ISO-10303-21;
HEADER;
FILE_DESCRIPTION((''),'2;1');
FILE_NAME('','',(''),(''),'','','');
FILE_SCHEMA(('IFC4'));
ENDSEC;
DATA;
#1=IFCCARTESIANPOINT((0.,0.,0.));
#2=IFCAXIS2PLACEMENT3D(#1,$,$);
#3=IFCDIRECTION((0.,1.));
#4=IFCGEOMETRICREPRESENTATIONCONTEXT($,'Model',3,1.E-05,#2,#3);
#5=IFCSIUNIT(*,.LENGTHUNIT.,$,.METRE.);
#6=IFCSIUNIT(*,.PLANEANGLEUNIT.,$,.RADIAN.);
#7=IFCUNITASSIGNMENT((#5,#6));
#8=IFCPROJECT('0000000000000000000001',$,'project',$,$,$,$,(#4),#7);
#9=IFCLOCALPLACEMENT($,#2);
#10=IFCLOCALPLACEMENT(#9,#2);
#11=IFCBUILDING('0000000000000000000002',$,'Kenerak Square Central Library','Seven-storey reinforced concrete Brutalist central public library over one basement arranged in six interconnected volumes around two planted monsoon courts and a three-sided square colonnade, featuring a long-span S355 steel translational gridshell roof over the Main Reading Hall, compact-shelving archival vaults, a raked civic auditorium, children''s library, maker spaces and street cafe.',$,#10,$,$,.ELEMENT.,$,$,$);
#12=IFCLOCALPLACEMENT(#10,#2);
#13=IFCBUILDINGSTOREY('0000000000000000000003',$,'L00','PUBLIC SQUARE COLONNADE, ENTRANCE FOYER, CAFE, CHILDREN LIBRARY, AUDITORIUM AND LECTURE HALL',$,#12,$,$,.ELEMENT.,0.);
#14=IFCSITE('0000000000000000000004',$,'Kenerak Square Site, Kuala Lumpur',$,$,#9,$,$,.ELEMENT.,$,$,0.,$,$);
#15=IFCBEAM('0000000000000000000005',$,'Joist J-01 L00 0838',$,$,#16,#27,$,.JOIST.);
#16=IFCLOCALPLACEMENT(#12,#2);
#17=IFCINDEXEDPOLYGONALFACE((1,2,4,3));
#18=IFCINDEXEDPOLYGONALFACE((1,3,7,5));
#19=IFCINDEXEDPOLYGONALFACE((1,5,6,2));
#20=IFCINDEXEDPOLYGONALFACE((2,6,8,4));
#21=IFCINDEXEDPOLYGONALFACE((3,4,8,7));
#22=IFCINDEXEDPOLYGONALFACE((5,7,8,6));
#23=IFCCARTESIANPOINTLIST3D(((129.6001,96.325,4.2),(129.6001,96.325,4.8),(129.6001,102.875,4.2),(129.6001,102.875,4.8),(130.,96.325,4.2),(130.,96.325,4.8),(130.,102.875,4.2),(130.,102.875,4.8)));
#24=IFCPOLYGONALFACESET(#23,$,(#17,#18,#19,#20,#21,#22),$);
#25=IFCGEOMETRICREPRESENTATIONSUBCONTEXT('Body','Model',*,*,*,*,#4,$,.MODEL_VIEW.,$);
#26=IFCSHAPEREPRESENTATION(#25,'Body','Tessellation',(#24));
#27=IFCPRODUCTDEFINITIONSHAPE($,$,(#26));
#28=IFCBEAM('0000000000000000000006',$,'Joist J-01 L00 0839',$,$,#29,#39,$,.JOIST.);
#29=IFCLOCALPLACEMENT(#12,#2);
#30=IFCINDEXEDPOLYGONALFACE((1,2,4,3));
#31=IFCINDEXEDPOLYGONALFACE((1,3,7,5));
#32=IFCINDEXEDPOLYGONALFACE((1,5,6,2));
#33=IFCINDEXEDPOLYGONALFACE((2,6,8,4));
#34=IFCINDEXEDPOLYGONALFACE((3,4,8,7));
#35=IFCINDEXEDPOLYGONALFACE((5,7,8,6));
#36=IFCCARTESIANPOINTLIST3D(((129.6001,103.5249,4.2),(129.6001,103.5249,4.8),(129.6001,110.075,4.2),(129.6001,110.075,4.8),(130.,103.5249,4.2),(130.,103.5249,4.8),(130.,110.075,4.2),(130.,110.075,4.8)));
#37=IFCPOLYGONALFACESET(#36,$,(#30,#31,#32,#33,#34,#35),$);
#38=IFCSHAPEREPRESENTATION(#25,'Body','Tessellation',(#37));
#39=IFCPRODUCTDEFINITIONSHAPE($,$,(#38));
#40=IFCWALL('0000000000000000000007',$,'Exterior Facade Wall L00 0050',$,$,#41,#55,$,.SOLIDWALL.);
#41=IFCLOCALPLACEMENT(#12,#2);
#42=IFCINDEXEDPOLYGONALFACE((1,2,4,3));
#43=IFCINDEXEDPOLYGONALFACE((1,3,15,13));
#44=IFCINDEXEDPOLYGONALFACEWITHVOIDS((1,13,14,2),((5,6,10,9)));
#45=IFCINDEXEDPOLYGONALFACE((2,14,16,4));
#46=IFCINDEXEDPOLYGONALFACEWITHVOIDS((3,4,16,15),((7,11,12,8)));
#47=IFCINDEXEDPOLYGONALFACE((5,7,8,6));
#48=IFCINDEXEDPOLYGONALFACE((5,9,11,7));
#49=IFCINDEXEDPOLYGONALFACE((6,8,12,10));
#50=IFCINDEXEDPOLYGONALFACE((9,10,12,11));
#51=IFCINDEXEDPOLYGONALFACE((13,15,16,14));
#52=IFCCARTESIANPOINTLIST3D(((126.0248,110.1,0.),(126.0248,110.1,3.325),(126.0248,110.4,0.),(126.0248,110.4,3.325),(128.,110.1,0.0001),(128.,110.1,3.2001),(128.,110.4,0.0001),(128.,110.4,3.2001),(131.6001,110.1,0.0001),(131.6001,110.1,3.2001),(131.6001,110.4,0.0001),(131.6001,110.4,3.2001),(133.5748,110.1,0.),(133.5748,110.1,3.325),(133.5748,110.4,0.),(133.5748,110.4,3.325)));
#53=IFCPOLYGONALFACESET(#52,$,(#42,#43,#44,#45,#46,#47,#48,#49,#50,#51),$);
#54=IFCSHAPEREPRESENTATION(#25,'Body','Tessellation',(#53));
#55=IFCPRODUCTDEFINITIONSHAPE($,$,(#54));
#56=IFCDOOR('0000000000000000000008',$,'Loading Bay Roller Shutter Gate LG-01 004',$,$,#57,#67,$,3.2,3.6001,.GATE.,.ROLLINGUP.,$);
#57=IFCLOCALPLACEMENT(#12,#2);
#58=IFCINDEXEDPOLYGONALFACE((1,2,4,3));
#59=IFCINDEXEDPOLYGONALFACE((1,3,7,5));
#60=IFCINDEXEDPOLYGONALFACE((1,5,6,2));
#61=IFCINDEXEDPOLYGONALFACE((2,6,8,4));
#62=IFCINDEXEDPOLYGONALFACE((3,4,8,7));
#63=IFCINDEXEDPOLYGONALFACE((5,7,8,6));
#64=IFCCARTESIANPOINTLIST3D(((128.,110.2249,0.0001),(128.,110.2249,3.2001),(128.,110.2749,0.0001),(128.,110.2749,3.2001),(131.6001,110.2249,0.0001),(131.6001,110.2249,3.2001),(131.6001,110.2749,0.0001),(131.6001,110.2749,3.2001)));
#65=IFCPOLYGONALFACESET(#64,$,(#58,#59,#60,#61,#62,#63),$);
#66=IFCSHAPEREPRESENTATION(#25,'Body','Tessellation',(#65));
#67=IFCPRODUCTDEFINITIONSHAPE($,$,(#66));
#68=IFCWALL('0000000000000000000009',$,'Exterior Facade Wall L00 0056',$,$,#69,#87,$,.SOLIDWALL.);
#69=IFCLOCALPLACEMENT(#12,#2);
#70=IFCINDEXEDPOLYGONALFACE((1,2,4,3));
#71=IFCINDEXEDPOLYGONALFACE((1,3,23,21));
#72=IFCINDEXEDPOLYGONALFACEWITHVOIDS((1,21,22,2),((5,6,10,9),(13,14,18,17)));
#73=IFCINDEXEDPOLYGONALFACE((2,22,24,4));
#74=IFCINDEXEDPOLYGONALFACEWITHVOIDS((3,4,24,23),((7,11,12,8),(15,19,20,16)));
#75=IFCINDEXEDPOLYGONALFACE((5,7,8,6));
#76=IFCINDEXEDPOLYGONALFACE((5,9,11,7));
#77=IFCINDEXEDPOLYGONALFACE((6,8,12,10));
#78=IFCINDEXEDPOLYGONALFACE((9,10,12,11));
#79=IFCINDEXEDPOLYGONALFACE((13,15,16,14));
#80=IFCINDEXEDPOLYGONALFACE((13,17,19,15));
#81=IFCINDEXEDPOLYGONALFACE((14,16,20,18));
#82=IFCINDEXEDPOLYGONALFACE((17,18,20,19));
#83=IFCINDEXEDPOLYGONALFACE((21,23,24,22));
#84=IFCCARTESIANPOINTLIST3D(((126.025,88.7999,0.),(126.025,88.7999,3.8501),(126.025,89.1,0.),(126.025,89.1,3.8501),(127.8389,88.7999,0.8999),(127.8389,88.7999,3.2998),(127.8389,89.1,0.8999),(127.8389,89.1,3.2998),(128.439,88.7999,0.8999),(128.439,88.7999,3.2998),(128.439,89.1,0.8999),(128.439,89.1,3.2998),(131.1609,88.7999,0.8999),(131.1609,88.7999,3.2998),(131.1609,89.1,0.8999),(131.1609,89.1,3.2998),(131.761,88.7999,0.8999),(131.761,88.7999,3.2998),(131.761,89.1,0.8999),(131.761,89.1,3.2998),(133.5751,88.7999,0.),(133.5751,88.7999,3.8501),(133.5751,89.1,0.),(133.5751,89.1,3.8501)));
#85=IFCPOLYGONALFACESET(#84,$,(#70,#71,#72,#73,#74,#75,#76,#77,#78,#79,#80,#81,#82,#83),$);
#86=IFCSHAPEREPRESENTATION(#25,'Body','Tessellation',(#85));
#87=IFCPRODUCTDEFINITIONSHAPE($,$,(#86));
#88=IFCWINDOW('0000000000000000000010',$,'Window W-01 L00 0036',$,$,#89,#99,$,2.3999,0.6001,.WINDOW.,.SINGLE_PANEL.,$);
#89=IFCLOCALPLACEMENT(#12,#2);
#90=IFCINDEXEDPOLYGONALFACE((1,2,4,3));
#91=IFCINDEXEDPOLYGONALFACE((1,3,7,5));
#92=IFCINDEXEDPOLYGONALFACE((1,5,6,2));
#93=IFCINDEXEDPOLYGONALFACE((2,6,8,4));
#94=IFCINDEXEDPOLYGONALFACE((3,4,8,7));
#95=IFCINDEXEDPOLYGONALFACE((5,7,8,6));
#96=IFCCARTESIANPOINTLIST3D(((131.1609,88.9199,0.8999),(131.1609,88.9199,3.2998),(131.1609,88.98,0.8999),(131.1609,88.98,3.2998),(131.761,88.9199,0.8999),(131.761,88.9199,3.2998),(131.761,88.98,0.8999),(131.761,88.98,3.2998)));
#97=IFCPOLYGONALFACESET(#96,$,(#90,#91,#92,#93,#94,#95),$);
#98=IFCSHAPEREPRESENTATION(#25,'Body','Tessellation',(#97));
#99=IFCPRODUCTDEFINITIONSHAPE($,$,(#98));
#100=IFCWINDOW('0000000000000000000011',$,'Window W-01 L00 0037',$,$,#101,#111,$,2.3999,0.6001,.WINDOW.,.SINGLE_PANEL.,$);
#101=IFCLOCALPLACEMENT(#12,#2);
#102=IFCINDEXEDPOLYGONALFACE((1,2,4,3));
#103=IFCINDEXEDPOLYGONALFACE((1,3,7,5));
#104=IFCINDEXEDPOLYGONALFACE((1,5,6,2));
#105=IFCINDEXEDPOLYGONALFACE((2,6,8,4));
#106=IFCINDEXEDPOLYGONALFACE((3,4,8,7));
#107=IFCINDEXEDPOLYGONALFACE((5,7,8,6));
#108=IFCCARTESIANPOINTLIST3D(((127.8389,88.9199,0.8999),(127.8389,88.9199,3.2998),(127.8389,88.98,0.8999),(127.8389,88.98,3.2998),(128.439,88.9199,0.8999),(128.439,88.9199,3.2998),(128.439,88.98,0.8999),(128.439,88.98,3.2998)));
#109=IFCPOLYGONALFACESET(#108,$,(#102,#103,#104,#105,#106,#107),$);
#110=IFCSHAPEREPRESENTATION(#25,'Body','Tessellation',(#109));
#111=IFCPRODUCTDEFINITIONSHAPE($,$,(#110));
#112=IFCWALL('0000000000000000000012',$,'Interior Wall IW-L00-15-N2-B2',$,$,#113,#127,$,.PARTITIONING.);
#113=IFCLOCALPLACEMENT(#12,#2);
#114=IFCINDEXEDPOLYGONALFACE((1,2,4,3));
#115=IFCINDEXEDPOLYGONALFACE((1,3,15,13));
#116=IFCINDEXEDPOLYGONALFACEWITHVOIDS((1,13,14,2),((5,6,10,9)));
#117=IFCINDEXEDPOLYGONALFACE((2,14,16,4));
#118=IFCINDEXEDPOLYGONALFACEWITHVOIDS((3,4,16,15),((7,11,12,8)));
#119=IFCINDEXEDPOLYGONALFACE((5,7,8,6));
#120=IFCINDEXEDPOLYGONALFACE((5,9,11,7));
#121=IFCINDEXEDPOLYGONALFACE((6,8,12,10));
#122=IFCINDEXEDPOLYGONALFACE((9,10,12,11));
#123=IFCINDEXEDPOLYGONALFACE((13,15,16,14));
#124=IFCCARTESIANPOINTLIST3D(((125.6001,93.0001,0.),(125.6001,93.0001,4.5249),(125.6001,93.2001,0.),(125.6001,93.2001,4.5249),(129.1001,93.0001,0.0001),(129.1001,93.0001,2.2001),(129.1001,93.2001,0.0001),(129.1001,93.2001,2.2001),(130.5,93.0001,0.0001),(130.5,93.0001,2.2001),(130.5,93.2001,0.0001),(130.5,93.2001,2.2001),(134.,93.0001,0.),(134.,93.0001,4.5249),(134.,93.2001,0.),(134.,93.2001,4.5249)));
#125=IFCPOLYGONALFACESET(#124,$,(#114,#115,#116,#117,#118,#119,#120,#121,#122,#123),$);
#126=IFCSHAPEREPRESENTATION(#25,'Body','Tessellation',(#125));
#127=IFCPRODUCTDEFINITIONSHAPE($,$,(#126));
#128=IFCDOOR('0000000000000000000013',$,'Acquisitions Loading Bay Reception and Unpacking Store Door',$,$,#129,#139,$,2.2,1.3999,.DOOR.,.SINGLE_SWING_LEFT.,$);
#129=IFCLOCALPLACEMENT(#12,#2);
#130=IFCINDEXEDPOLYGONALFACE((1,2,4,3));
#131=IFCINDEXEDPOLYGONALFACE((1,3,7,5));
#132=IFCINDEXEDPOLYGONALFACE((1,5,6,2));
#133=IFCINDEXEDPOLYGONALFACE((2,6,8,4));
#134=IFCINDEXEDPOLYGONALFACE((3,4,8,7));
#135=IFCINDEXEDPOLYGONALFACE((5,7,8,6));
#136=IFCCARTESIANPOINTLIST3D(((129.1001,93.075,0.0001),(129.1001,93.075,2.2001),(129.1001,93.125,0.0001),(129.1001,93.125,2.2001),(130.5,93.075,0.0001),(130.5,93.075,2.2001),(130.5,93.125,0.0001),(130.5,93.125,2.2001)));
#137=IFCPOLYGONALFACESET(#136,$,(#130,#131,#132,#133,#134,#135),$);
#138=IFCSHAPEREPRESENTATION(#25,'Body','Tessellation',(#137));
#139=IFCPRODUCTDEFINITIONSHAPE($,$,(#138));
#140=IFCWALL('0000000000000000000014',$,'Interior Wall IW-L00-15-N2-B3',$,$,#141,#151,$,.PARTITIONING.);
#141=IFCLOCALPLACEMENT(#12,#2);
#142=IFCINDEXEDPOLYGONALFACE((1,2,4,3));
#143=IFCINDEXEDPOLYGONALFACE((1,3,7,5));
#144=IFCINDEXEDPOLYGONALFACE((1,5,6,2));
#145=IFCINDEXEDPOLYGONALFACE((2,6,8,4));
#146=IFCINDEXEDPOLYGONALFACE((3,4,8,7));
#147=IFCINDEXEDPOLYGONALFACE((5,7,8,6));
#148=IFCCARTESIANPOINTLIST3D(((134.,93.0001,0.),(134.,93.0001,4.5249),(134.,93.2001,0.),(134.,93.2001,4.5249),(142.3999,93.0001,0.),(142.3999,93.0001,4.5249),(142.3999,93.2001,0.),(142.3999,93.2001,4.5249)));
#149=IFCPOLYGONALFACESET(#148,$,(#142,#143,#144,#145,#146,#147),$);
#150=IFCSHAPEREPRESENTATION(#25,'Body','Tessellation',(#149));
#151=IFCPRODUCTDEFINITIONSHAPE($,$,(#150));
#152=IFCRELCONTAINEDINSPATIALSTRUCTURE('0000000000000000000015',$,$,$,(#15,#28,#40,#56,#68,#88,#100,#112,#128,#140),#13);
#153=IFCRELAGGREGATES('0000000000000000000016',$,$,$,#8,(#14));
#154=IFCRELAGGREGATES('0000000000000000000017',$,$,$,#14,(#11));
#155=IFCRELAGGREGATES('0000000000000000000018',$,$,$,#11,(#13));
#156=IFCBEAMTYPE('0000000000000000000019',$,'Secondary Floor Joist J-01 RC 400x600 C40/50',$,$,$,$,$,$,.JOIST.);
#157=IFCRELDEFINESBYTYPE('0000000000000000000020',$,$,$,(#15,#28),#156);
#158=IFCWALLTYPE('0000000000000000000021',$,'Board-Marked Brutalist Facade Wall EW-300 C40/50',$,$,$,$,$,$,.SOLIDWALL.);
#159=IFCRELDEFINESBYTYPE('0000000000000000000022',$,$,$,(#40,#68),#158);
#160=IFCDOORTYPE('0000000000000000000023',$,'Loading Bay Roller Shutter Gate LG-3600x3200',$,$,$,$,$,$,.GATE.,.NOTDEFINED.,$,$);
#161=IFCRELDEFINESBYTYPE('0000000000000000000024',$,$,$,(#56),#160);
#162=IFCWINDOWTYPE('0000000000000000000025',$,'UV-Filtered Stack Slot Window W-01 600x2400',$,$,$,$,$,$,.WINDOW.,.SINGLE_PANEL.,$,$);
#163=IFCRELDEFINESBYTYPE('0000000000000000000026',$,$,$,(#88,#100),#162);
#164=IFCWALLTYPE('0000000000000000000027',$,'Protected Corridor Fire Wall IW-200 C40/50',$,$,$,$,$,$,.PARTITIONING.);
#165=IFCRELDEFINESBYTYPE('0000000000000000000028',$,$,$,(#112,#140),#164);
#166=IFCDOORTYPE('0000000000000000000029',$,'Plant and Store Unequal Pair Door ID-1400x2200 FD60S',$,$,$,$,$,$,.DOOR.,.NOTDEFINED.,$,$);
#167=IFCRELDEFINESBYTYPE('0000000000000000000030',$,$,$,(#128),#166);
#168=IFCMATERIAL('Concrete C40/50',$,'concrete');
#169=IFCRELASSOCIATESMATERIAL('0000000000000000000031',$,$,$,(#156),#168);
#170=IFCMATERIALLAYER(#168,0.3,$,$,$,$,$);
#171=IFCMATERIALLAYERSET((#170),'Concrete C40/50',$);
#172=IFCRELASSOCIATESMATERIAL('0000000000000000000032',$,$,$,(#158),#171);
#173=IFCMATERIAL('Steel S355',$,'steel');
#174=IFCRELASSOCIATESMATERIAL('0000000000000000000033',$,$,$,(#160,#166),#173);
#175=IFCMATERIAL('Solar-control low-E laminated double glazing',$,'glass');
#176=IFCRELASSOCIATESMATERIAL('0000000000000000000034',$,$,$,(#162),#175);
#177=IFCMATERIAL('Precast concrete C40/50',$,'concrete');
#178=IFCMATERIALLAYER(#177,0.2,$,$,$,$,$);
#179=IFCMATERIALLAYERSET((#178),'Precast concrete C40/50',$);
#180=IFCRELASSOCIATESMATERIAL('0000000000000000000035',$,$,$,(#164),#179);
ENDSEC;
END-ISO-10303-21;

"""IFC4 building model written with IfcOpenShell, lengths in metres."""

from ifc_helpers import new_model, si_unit, direction, frame, frame_2d, origin, origin_2d, place, context, subcontext, project, spatial, rectangle, extrude, material, layer, layer_set, material_profile, profile_set, type_object, element, fill, save


model = new_model("IFC4")

# Units and contexts
model_context = context("Model", 3, precision=1e-05, world=origin(), true_north=direction((0.0, 1.0)))
body_context = subcontext(model_context, "Body", "Model", "MODEL_VIEW")
ifc_project = project(units=[si_unit("LENGTHUNIT", "METRE"), si_unit("PLANEANGLEUNIT", "RADIAN")], contexts=[model_context])

# Site, building, storey
site_placement = place(None, origin())
site = spatial("IfcSite", under=ifc_project, at=site_placement, Name="Kenerak Square Site, Kuala Lumpur", CompositionType="ELEMENT", RefElevation=0.0)
building_placement = place(site_placement, origin())
building = spatial("IfcBuilding", under=site, at=building_placement, Name="Kenerak Square Central Library", Description="Seven-storey reinforced concrete Brutalist central public library over one basement arranged in six interconnected volumes around two planted monsoon courts and a three-sided square colonnade, featuring a long-span S355 steel translational gridshell roof over the Main Reading Hall, compact-shelving archival vaults, a raked civic auditorium, children's library, maker spaces and street cafe.", CompositionType="ELEMENT")
storey_placement = place(building_placement, origin())
storey = spatial("IfcBuildingStorey", under=building, at=storey_placement, Name="L00", Description="PUBLIC SQUARE COLONNADE, ENTRANCE FOYER, CAFE, CHILDREN LIBRARY, AUDITORIUM AND LECTURE HALL", CompositionType="ELEMENT", Elevation=0.0)

# Beams
ifc_material_1 = material(Name="Concrete C40/50", Category="concrete")
ifc_material_profile_1 = material_profile(ifc_material_1, rectangle(XDim=0.3999, YDim=0.6001, at=origin_2d()), Name="RC 400x600")
ifc_profile_set_1 = profile_set([ifc_material_profile_1], Name="Concrete C40/50")
beam_type_1 = type_object("IfcBeamType", Name="Secondary Floor Joist J-01 RC 400x600 C40/50", PredefinedType="JOIST", material=ifc_profile_set_1)
for number, where, z_axis, x_axis, name in (
    (1, (129.8, 96.325, 4.5), (0.0, 1.0, 0.0), (-1.0, 0.0, 0.0), "Joist J-01 L00 0838"),
    (2, (129.8, 103.5249, 4.5), (0.0, 1.0, 0.0), (-1.0, 0.0, 0.0), "Joist J-01 L00 0839"),
):
    element("IfcBeam", number, at=place(storey_placement, frame(where, z_axis=z_axis, x_axis=x_axis)), inside=storey, type_object=beam_type_1, Name=name, PredefinedType="JOIST", context=body_context, shape_type="SweptSolid", body=[
        extrude(rectangle(XDim=0.3999, YDim=0.6001, at=origin_2d()), origin(), (0.0, 0.0, 1.0), 6.55),
    ])

# Wall, opening, door
ifc_layer_1 = layer(ifc_material_1, 0.3)
ifc_layer_set_1 = layer_set([ifc_layer_1], Name="Concrete C40/50")
wall_type_1 = type_object("IfcWallType", Name="Board-Marked Brutalist Facade Wall EW-300 C40/50", PredefinedType="SOLIDWALL", material=ifc_layer_set_1)
wall_1_placement = place(storey_placement, frame((126.0249, 110.25, 0.0), z_axis=(0.0, 0.0, 1.0), x_axis=(1.0, 0.0, 0.0)))
wall_1 = element("IfcWall", 3, at=wall_1_placement, inside=storey, type_object=wall_type_1, Name="Exterior Facade Wall L00 0050", PredefinedType="SOLIDWALL", context=body_context, shape_type="SweptSolid", body=[
    extrude(rectangle(XDim=7.55, YDim=0.3, at=frame_2d((3.7749, 0.0))), origin(), (0.0, 0.0, 1.0), 3.325),
])
opening_1_placement = place(wall_1_placement, frame((1.9751, 0.0, 0.0)))
opening_1 = element("IfcOpeningElement", 4, at=opening_1_placement, cuts=wall_1, PredefinedType="OPENING", context=body_context, shape_type="SweptSolid", body=[
    extrude(rectangle(XDim=3.6001, YDim=3.2, at=frame_2d((1.8, 1.6001))), frame((0.0, 0.1599, 0.0), z_axis=(0.0, -1.0, 0.0), x_axis=(1.0, 0.0, 0.0)), (0.0, 0.0, 1.0), 0.3201),
])
ifc_material_2 = material(Name="Steel S355", Category="steel")
door_type_1 = type_object("IfcDoorType", Name="Loading Bay Roller Shutter Gate LG-3600x3200", OperationType="NOTDEFINED", PredefinedType="GATE", material=ifc_material_2)
door_1_placement = place(opening_1_placement, origin())
door_1 = element("IfcDoor", 5, at=door_1_placement, inside=storey, type_object=door_type_1, Name="Loading Bay Roller Shutter Gate LG-01 004", OperationType="ROLLINGUP", OverallHeight=3.2, OverallWidth=3.6001, PredefinedType="GATE", context=body_context, shape_type="SweptSolid", body=[
    extrude(rectangle(XDim=3.6001, YDim=3.2, at=frame_2d((1.8, 1.6001))), frame((0.0, 0.0249, 0.0), z_axis=(0.0, -1.0, 0.0), x_axis=(1.0, 0.0, 0.0)), (0.0, 0.0, 1.0), 0.05),
])
fill(opening_1, door_1)

# Wall, openings, windows
wall_2_placement = place(storey_placement, frame((133.575, 88.95, 0.0), z_axis=(0.0, 0.0, 1.0), x_axis=(-1.0, 0.0, 0.0)))
wall_2 = element("IfcWall", 6, at=wall_2_placement, inside=storey, type_object=wall_type_1, Name="Exterior Facade Wall L00 0056", PredefinedType="SOLIDWALL", context=body_context, shape_type="SweptSolid", body=[
    extrude(rectangle(XDim=7.55, YDim=0.3, at=frame_2d((3.7749, 0.0))), origin(), (0.0, 0.0, 1.0), 3.8501),
])
opening_2_placement = place(wall_2_placement, frame((1.814, 0.0, 0.8999)))
opening_2 = element("IfcOpeningElement", 7, at=opening_2_placement, cuts=wall_2, PredefinedType="OPENING", context=body_context, shape_type="SweptSolid", body=[
    extrude(rectangle(XDim=0.6001, YDim=2.3999, at=frame_2d((0.3, 1.2))), frame((0.0, 0.1599, 0.0), z_axis=(0.0, -1.0, 0.0), x_axis=(1.0, 0.0, 0.0)), (0.0, 0.0, 1.0), 0.3201),
])
opening_3_placement = place(wall_2_placement, frame((5.136, 0.0, 0.8999)))
opening_3 = element("IfcOpeningElement", 8, at=opening_3_placement, cuts=wall_2, PredefinedType="OPENING", context=body_context, shape_type="SweptSolid", body=[
    extrude(rectangle(XDim=0.6001, YDim=2.3999, at=frame_2d((0.3, 1.2))), frame((0.0, 0.1599, 0.0), z_axis=(0.0, -1.0, 0.0), x_axis=(1.0, 0.0, 0.0)), (0.0, 0.0, 1.0), 0.3201),
])
ifc_material_3 = material(Name="Solar-control low-E laminated double glazing", Category="glass")
window_type = type_object("IfcWindowType", Name="UV-Filtered Stack Slot Window W-01 600x2400", PartitioningType="SINGLE_PANEL", PredefinedType="WINDOW", material=ifc_material_3)
window_1_placement = place(opening_2_placement, origin())
window_1 = element("IfcWindow", 9, at=window_1_placement, inside=storey, type_object=window_type, Name="Window W-01 L00 0036", OverallHeight=2.3999, OverallWidth=0.6001, PartitioningType="SINGLE_PANEL", PredefinedType="WINDOW", context=body_context, shape_type="SweptSolid", body=[
    extrude(rectangle(XDim=0.6001, YDim=2.3999, at=frame_2d((0.3, 1.2))), frame((0.0, 0.03, 0.0), z_axis=(0.0, -1.0, 0.0), x_axis=(1.0, 0.0, 0.0)), (0.0, 0.0, 1.0), 0.0601),
])
fill(opening_2, window_1)
window_2_placement = place(opening_3_placement, origin())
window_2 = element("IfcWindow", 10, at=window_2_placement, inside=storey, type_object=window_type, Name="Window W-01 L00 0037", OverallHeight=2.3999, OverallWidth=0.6001, PartitioningType="SINGLE_PANEL", PredefinedType="WINDOW", context=body_context, shape_type="SweptSolid", body=[
    extrude(rectangle(XDim=0.6001, YDim=2.3999, at=frame_2d((0.3, 1.2))), frame((0.0, 0.03, 0.0), z_axis=(0.0, -1.0, 0.0), x_axis=(1.0, 0.0, 0.0)), (0.0, 0.0, 1.0), 0.0601),
])
fill(opening_3, window_2)

# Wall, opening, door
ifc_material_4 = material(Name="Precast concrete C40/50", Category="concrete")
ifc_layer_2 = layer(ifc_material_4, 0.2)
ifc_layer_set_2 = layer_set([ifc_layer_2], Name="Precast concrete C40/50")
wall_type_2 = type_object("IfcWallType", Name="Protected Corridor Fire Wall IW-200 C40/50", PredefinedType="PARTITIONING", material=ifc_layer_set_2)
wall_3_placement = place(storey_placement, frame((125.6001, 93.1001, 0.0), z_axis=(0.0, 0.0, 1.0), x_axis=(1.0, 0.0, 0.0)))
wall_3 = element("IfcWall", 11, at=wall_3_placement, inside=storey, type_object=wall_type_2, Name="Interior Wall IW-L00-15-N2-B2", PredefinedType="PARTITIONING", context=body_context, shape_type="SweptSolid", body=[
    extrude(rectangle(XDim=8.3999, YDim=0.2, at=frame_2d((4.2, 0.0))), origin(), (0.0, 0.0, 1.0), 4.5249),
])
opening_4_placement = place(wall_3_placement, frame((3.5, 0.0, 0.0)))
opening_4 = element("IfcOpeningElement", 12, at=opening_4_placement, cuts=wall_3, PredefinedType="OPENING", context=body_context, shape_type="SweptSolid", body=[
    extrude(rectangle(XDim=1.3999, YDim=2.2, at=frame_2d((0.7, 1.1001))), frame((0.0, 0.1099, 0.0), z_axis=(0.0, -1.0, 0.0), x_axis=(1.0, 0.0, 0.0)), (0.0, 0.0, 1.0), 0.22),
])
door_type_2 = type_object("IfcDoorType", Name="Plant and Store Unequal Pair Door ID-1400x2200 FD60S", OperationType="NOTDEFINED", PredefinedType="DOOR", material=ifc_material_2)
door_2_placement = place(opening_4_placement, origin())
door_2 = element("IfcDoor", 13, at=door_2_placement, inside=storey, type_object=door_type_2, Name="Acquisitions Loading Bay Reception and Unpacking Store Door", OperationType="SINGLE_SWING_LEFT", OverallHeight=2.2, OverallWidth=1.3999, PredefinedType="DOOR", context=body_context, shape_type="SweptSolid", body=[
    extrude(rectangle(XDim=1.3999, YDim=2.2, at=frame_2d((0.7, 1.1001))), frame((0.0, 0.0249, 0.0), z_axis=(0.0, -1.0, 0.0), x_axis=(1.0, 0.0, 0.0)), (0.0, 0.0, 1.0), 0.05),
])
fill(opening_4, door_2)

# Wall
wall_4_placement = place(storey_placement, frame((134.0, 93.1001, 0.0), z_axis=(0.0, 0.0, 1.0), x_axis=(1.0, 0.0, 0.0)))
element("IfcWall", 14, at=wall_4_placement, inside=storey, type_object=wall_type_2, Name="Interior Wall IW-L00-15-N2-B3", PredefinedType="PARTITIONING", context=body_context, shape_type="SweptSolid", body=[
    extrude(rectangle(XDim=8.3999, YDim=0.2, at=frame_2d((4.2, 0.0))), origin(), (0.0, 0.0, 1.0), 4.5249),
])

save(model, "model.ifc")
